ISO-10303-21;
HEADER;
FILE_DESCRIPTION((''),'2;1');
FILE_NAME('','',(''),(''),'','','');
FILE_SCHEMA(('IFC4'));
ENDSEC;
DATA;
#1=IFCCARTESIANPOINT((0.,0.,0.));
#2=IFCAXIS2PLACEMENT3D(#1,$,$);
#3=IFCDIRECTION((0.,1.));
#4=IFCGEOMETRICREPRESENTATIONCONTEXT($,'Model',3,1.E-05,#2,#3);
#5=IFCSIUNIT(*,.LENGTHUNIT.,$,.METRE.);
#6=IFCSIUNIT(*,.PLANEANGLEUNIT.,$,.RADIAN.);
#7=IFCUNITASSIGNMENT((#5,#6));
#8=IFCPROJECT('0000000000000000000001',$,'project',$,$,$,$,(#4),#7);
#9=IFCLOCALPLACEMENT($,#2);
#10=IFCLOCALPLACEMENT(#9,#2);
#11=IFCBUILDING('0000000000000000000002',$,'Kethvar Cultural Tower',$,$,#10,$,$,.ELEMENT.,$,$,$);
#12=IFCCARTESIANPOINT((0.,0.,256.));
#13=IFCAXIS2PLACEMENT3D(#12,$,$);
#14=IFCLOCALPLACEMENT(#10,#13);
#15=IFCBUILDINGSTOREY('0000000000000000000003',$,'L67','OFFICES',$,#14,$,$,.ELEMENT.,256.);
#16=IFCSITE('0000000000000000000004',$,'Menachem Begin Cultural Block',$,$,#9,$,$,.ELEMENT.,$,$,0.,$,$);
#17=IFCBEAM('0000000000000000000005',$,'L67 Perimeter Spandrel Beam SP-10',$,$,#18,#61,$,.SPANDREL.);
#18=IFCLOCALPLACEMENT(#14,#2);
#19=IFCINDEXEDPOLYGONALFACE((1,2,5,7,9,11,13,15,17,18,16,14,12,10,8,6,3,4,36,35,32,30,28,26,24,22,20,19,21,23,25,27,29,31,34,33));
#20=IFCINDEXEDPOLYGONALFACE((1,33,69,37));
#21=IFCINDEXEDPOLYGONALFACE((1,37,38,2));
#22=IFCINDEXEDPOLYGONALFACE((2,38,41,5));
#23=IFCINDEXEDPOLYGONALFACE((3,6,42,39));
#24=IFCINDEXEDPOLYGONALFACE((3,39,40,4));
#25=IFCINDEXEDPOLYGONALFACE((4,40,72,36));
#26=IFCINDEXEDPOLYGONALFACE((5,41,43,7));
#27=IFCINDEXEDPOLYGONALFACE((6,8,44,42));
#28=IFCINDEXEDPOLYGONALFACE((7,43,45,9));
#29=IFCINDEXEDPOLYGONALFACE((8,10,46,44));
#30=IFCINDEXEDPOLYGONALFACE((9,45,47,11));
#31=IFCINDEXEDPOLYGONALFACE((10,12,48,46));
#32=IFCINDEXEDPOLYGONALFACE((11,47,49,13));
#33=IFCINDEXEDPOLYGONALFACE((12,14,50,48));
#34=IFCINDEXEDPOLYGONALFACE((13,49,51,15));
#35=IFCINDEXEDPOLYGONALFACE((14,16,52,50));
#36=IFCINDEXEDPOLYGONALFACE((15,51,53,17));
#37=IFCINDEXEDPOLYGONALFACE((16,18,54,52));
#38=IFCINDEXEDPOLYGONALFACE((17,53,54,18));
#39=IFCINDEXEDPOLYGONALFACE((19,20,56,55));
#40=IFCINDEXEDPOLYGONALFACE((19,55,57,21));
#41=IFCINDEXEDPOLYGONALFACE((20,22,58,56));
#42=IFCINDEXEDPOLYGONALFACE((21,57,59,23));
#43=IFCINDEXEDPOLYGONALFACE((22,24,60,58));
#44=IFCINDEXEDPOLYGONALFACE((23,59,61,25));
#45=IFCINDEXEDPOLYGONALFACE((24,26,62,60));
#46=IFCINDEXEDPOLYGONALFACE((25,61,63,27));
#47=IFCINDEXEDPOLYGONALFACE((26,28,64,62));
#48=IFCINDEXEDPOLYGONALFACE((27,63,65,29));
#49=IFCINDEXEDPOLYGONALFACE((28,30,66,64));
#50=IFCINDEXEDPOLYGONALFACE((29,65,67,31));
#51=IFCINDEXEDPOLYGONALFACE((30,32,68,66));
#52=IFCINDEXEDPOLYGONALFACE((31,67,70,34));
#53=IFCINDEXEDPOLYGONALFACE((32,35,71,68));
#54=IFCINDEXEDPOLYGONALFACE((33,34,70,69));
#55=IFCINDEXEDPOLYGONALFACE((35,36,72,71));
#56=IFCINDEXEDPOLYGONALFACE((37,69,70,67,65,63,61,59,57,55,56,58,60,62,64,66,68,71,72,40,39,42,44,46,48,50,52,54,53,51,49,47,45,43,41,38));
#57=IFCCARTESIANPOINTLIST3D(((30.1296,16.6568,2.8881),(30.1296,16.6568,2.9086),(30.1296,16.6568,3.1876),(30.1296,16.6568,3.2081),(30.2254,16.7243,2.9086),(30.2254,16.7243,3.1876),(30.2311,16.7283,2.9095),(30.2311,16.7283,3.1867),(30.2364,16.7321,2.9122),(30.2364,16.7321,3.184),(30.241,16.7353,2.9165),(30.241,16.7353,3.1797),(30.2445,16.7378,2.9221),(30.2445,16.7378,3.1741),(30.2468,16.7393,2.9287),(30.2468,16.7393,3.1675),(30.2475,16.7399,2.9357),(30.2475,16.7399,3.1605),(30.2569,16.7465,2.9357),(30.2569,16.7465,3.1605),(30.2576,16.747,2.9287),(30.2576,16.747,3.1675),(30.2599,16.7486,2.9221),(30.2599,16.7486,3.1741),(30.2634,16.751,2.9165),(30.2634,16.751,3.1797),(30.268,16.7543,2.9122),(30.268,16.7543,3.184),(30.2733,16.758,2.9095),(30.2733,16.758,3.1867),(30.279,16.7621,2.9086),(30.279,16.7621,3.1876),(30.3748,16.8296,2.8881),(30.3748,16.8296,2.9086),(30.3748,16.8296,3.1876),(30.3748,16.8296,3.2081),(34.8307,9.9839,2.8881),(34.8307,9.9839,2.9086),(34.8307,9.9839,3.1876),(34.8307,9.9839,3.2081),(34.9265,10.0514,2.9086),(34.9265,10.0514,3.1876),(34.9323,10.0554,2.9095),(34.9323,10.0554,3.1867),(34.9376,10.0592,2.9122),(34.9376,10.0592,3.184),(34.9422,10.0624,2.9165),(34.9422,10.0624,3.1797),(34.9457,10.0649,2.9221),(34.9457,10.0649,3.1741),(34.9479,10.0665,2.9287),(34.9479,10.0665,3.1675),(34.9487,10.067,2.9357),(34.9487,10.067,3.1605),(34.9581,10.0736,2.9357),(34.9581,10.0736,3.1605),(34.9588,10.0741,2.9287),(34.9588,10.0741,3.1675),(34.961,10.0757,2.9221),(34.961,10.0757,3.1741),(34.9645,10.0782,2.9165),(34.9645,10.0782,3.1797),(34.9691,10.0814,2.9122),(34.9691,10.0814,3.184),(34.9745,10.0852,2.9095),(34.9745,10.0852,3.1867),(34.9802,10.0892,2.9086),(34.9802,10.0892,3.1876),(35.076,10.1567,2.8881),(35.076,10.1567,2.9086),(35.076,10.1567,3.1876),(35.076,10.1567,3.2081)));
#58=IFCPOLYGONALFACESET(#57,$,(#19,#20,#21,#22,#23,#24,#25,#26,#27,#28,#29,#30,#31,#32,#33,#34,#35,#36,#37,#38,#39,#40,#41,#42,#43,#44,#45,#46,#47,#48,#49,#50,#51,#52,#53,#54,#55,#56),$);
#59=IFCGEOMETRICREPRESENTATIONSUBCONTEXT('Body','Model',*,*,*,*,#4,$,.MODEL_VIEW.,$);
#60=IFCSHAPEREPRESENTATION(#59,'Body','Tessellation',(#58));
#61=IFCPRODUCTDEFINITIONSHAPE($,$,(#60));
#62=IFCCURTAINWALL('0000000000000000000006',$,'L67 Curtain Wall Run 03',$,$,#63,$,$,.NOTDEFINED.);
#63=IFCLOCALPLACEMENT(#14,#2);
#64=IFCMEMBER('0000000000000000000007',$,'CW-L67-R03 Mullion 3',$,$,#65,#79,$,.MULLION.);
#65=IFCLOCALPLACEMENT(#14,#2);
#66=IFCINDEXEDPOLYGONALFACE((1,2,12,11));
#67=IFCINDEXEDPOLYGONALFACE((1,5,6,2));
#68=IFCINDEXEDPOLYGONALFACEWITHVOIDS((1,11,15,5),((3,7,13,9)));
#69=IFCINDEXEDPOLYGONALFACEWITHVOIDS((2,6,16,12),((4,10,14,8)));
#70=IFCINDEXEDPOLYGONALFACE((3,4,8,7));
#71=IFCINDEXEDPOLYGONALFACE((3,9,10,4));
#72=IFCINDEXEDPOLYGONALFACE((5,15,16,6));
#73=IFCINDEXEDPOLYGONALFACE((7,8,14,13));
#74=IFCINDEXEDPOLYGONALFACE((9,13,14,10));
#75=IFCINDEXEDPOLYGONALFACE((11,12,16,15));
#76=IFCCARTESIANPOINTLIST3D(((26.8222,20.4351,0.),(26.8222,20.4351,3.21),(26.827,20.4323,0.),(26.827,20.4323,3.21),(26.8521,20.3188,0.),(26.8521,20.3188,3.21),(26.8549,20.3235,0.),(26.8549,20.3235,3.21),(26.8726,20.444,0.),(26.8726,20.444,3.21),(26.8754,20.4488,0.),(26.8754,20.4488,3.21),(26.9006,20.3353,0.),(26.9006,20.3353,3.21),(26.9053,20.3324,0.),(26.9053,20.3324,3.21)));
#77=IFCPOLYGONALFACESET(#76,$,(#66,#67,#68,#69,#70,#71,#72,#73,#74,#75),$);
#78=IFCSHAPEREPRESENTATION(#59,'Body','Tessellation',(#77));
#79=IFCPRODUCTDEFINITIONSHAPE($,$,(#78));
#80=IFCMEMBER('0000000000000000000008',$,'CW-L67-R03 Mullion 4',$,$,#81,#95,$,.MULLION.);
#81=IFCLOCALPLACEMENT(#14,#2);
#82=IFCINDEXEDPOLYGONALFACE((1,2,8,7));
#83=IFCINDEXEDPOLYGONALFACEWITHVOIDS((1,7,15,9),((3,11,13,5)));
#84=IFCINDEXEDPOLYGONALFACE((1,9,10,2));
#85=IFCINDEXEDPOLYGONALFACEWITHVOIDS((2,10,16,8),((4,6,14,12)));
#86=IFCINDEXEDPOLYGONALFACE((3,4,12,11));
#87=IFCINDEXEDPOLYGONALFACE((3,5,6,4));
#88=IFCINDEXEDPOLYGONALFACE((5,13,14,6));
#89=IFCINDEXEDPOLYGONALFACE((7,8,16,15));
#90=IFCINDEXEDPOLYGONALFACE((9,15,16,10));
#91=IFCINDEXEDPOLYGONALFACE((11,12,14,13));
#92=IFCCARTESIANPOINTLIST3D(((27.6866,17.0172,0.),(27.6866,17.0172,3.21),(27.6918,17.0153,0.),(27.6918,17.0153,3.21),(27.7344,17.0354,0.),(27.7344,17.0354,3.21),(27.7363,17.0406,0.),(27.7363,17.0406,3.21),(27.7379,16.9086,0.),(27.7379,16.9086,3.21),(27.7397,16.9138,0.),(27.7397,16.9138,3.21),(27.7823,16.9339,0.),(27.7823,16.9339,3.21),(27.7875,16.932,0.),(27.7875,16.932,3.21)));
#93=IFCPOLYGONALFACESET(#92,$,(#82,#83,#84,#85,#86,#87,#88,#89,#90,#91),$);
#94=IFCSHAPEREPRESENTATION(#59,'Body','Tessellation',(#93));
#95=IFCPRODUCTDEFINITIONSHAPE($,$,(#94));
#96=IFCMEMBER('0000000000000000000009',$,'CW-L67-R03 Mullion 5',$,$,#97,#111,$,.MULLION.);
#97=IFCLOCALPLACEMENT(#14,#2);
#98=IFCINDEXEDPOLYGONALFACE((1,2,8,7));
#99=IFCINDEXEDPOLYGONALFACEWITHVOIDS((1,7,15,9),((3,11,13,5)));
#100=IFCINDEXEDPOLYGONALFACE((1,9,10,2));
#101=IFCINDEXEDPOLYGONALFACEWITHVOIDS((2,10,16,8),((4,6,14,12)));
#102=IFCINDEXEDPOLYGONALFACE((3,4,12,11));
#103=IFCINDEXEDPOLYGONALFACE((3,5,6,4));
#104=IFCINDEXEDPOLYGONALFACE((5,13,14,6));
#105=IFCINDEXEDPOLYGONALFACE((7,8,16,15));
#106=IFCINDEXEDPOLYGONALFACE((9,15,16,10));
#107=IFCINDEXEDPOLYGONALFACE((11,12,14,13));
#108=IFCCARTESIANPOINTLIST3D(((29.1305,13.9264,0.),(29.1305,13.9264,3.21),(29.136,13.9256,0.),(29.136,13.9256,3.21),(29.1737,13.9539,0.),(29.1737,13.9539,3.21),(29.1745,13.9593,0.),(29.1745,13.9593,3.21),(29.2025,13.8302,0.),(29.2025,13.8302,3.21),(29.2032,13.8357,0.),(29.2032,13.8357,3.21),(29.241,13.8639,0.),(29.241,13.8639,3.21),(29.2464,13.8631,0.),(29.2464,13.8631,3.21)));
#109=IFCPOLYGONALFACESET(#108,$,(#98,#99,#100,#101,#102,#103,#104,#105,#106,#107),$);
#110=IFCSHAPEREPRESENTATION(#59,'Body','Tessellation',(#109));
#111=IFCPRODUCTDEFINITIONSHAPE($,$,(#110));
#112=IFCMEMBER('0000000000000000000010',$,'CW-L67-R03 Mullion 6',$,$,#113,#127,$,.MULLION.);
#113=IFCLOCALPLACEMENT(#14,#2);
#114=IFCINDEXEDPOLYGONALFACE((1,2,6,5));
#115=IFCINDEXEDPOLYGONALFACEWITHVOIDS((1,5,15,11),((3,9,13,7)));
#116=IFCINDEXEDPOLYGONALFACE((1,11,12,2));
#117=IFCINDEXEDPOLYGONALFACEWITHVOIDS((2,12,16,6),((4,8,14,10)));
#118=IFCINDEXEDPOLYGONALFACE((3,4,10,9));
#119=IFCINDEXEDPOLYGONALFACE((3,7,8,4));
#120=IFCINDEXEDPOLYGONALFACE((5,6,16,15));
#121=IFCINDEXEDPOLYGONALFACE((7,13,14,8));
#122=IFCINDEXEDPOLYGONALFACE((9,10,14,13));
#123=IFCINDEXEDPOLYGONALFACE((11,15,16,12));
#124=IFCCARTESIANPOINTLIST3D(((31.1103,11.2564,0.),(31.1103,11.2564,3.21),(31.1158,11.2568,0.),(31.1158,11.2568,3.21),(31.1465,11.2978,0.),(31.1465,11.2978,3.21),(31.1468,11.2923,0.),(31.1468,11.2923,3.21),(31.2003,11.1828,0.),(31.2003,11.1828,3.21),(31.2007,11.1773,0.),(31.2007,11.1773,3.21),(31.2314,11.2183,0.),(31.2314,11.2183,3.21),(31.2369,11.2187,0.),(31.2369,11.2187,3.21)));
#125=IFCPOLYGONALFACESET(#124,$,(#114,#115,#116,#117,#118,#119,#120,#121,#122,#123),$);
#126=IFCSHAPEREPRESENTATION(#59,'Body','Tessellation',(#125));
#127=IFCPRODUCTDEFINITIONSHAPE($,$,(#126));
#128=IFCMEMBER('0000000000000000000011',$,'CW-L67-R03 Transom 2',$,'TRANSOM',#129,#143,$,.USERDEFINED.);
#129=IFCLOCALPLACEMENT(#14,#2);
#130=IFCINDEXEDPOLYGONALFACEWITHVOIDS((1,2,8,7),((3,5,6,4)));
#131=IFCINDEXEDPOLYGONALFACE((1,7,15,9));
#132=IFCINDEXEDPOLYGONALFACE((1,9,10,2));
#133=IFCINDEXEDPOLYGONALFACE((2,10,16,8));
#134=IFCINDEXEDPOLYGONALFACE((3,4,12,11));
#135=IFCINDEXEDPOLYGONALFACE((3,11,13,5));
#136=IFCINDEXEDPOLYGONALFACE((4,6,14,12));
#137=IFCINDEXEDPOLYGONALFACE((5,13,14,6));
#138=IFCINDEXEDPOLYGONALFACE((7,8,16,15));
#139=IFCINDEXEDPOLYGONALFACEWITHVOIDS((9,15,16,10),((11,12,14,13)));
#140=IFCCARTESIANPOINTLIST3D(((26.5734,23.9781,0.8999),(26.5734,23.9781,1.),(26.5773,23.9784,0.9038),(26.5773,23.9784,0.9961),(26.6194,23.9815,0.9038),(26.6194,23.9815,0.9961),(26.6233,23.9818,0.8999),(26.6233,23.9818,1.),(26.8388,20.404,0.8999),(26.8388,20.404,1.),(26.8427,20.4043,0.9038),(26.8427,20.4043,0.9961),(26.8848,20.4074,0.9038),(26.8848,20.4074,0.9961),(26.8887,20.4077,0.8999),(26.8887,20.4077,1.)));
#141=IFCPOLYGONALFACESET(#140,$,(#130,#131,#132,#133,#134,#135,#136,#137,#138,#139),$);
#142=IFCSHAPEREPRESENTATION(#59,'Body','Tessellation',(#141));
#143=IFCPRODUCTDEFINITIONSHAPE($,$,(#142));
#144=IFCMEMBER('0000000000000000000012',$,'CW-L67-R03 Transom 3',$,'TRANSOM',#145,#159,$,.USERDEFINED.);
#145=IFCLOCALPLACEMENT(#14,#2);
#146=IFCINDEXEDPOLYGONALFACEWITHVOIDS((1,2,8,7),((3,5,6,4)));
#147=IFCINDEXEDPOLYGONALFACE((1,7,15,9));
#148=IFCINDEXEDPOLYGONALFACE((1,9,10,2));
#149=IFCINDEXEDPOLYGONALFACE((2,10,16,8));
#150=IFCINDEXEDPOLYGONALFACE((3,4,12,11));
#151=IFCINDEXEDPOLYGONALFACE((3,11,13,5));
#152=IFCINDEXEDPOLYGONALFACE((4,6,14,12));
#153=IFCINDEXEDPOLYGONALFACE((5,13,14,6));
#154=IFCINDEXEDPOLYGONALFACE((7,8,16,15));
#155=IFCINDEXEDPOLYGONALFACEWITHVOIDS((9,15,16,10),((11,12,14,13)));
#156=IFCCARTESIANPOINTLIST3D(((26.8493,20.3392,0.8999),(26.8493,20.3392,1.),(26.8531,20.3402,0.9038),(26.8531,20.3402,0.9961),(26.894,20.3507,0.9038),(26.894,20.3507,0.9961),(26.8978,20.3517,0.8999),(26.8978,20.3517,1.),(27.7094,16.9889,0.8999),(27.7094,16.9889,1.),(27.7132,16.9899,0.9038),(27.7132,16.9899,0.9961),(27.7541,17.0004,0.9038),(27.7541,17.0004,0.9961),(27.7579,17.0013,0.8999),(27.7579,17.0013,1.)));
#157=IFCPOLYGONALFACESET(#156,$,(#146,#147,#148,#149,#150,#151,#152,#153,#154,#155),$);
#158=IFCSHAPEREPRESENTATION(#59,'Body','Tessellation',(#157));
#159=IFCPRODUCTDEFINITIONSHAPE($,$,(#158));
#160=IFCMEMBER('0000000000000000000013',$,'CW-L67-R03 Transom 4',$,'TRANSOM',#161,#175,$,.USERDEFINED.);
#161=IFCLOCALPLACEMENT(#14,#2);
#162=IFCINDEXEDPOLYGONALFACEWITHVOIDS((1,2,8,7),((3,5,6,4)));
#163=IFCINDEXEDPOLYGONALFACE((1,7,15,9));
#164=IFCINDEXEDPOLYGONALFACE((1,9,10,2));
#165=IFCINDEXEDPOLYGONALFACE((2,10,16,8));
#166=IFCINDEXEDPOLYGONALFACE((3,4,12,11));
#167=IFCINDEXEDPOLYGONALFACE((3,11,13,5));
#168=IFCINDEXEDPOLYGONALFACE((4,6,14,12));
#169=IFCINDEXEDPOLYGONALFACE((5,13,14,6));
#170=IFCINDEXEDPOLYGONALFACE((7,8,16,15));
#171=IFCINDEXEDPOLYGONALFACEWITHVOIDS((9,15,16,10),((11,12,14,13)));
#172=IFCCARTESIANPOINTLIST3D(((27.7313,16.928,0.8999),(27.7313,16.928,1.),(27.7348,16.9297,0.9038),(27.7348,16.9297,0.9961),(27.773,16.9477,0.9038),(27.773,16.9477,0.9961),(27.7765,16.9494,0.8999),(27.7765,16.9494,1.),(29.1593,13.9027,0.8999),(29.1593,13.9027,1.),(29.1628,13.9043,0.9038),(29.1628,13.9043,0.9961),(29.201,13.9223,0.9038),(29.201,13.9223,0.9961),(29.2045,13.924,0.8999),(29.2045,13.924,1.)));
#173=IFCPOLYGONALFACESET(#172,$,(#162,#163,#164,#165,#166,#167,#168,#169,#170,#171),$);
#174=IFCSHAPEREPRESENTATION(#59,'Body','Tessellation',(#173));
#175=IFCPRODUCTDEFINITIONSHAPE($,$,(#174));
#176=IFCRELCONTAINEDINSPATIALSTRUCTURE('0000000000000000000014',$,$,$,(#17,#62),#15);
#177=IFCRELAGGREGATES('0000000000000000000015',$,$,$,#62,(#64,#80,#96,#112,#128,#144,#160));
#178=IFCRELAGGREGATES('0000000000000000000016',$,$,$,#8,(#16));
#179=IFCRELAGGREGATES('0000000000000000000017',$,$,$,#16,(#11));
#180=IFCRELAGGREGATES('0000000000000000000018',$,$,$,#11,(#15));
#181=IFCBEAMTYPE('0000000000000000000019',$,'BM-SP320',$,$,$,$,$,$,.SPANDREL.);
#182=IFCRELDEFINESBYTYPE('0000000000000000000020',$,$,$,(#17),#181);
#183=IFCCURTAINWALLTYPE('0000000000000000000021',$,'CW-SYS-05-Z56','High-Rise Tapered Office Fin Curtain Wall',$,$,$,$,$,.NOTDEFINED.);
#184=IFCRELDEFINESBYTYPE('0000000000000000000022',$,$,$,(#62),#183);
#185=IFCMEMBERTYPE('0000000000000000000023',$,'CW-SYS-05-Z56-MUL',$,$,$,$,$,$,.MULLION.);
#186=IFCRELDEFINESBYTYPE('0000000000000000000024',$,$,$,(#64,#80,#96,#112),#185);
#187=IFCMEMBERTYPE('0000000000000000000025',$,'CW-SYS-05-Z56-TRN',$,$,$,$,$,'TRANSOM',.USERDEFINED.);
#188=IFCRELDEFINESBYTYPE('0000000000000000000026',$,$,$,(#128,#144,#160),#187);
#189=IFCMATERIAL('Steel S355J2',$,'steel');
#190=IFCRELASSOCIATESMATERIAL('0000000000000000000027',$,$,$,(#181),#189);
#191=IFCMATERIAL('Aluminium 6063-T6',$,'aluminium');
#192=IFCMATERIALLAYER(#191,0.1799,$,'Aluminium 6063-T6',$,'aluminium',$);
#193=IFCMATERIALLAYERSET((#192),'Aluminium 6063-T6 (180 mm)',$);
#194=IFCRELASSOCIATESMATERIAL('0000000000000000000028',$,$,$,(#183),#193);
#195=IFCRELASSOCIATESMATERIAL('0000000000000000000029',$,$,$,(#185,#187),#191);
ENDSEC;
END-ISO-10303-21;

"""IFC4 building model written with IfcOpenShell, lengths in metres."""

from ifc_helpers import new_model, si_unit, direction, frame, origin, origin_2d, place, context, subcontext, project, spatial, hollow_rectangle, i_section, extrude, source, transform, mapped, material, layer, layer_set, material_profile, profile_set, type_object, element, aggregate, save


model = new_model("IFC4")

# Units and contexts
model_context = context("Model", 3, precision=1e-05, world=origin(), true_north=direction((0.0, 1.0)))
body_context = subcontext(model_context, "Body", "Model", "MODEL_VIEW")
ifc_project = project(units=[si_unit("LENGTHUNIT", "METRE"), si_unit("PLANEANGLEUNIT", "RADIAN")], contexts=[model_context])

# Site, building, storey
site_placement = place(None, origin())
site = spatial("IfcSite", under=ifc_project, at=site_placement, Name="Menachem Begin Cultural Block", CompositionType="ELEMENT", RefElevation=0.0)
building_placement = place(site_placement, origin())
building = spatial("IfcBuilding", under=site, at=building_placement, Name="Kethvar Cultural Tower", CompositionType="ELEMENT")
storey_placement = place(building_placement, frame((0.0, 0.0, 256.0)))
storey = spatial("IfcBuildingStorey", under=building, at=storey_placement, Name="L67", Description="OFFICES", CompositionType="ELEMENT", Elevation=256.0)

# Beam
ifc_material_1 = material(Name="Steel S355J2", Category="steel")
ifc_material_profile_1 = material_profile(ifc_material_1, i_section(OverallWidth=0.3, OverallDepth=0.3201, WebThickness=0.0115, FlangeThickness=0.0205, FilletRadius=0.0271, at=origin_2d()), Name="Steel S355J2 — HEB320")
ifc_profile_set_1 = profile_set([ifc_material_profile_1], Name="Steel S355J2 — HEB320")
beam_type = type_object("IfcBeamType", Name="BM-SP320", PredefinedType="SPANDREL", material=ifc_profile_set_1)
shared_shape_1 = source(origin(), body_context, "Body", "SweptSolid", [
    extrude(i_section(OverallWidth=0.3, OverallDepth=0.3201, WebThickness=0.0115, FlangeThickness=0.0205, FilletRadius=0.0271, at=origin_2d()), origin(), (0.0, 0.0, 1.0), 8.1626),
])
beam_placement = place(storey_placement, frame((30.2522, 16.7432, 3.0481), z_axis=(0.575941, -0.817491, 0.0), x_axis=(0.817491, 0.575941, 0.0)))
element("IfcBeam", 1, at=beam_placement, inside=storey, type_object=beam_type, Name="L67 Perimeter Spandrel Beam SP-10", PredefinedType="SPANDREL", context=body_context, shape_type="MappedRepresentation", body=[
    mapped(shared_shape_1, transform((0.0, 0.0, 0.0), scale=1.0)),
])

# Curtain wall, members
ifc_material_2 = material(Name="Aluminium 6063-T6", Category="aluminium")
ifc_layer_1 = layer(ifc_material_2, 0.1799, Name="Aluminium 6063-T6", Category="aluminium")
ifc_layer_set_1 = layer_set([ifc_layer_1], Name="Aluminium 6063-T6 (180 mm)")
curtain_wall_type = type_object("IfcCurtainWallType", Name="CW-SYS-05-Z56", Description="High-Rise Tapered Office Fin Curtain Wall", PredefinedType="NOTDEFINED", material=ifc_layer_set_1)
curtain_wall_placement = place(storey_placement, origin())
curtain_wall = element("IfcCurtainWall", 2, at=curtain_wall_placement, inside=storey, type_object=curtain_wall_type, Name="L67 Curtain Wall Run 03", PredefinedType="NOTDEFINED")
ifc_material_profile_2 = material_profile(ifc_material_2, hollow_rectangle(XDim=0.0549, YDim=0.1201, WallThickness=0.0039, at=origin_2d()), Name="Aluminium 6063-T6 — RHS120x55x4")
ifc_profile_set_2 = profile_set([ifc_material_profile_2], Name="Aluminium 6063-T6 — RHS120x55x4")
member_type_1 = type_object("IfcMemberType", Name="CW-SYS-05-Z56-MUL", PredefinedType="MULLION", material=ifc_profile_set_2)
shared_shape_2 = source(origin(), body_context, "Body", "SweptSolid", [
    extrude(hollow_rectangle(XDim=0.0549, YDim=0.1201, WallThickness=0.0039, at=origin_2d()), origin(), (0.0, 0.0, 1.0), 3.21),
])
member_1_placement = place(storey_placement, frame((26.8638, 20.3838, 0.0), z_axis=(0.0, 0.0, 1.0), x_axis=(0.968592, 0.248656, 0.0)))
member_1 = element("IfcMember", 3, at=member_1_placement, type_object=member_type_1, Name="CW-L67-R03 Mullion 3", PredefinedType="MULLION", context=body_context, shape_type="MappedRepresentation", body=[
    mapped(shared_shape_2, transform((0.0, 0.0, 0.0), scale=1.0)),
])
member_2_placement = place(storey_placement, frame((27.7371, 16.9746, 0.0), z_axis=(0.0, 0.0, 1.0), x_axis=(0.904329, 0.426837, 0.0)))
member_2 = element("IfcMember", 4, at=member_2_placement, type_object=member_type_1, Name="CW-L67-R03 Mullion 4", PredefinedType="MULLION", context=body_context, shape_type="MappedRepresentation", body=[
    mapped(shared_shape_2, transform((0.0, 0.0, 0.0), scale=1.0)),
])
member_3_placement = place(storey_placement, frame((29.1885, 13.8948, 0.0), z_axis=(0.0, 0.0, 1.0), x_axis=(0.800742, 0.59901, 0.0)))
member_3 = element("IfcMember", 5, at=member_3_placement, type_object=member_type_1, Name="CW-L67-R03 Mullion 5", PredefinedType="MULLION", context=body_context, shape_type="MappedRepresentation", body=[
    mapped(shared_shape_2, transform((0.0, 0.0, 0.0), scale=1.0)),
])
member_4_placement = place(storey_placement, frame((31.1736, 11.2375, 0.0), z_axis=(0.0, 0.0, 1.0), x_axis=(0.658571, 0.752518, 0.0)))
member_4 = element("IfcMember", 6, at=member_4_placement, type_object=member_type_1, Name="CW-L67-R03 Mullion 6", PredefinedType="MULLION", context=body_context, shape_type="MappedRepresentation", body=[
    mapped(shared_shape_2, transform((0.0, 0.0, 0.0), scale=1.0)),
])
ifc_material_profile_3 = material_profile(ifc_material_2, hollow_rectangle(XDim=0.05, YDim=0.1001, WallThickness=0.0039, at=origin_2d()), Name="Aluminium 6063-T6 — RHS100x50x4")
ifc_profile_set_3 = profile_set([ifc_material_profile_3], Name="Aluminium 6063-T6 — RHS100x50x4")
member_type_2 = type_object("IfcMemberType", Name="CW-SYS-05-Z56-TRN", ElementType="TRANSOM", PredefinedType="USERDEFINED", material=ifc_profile_set_3)
shared_shape_3 = source(origin(), body_context, "Body", "SweptSolid", [
    extrude(hollow_rectangle(XDim=0.05, YDim=0.1001, WallThickness=0.0039, at=origin_2d()), origin(), (0.0, 0.0, 1.0), 3.584),
])
member_5_placement = place(storey_placement, frame((26.5984, 23.98, 0.95), z_axis=(0.074045, -0.997255, 0.0), x_axis=(0.997255, 0.074045, 0.0)))
member_5 = element("IfcMember", 7, at=member_5_placement, type_object=member_type_2, Name="CW-L67-R03 Transom 2", ObjectType="TRANSOM", PredefinedType="USERDEFINED", context=body_context, shape_type="MappedRepresentation", body=[
    mapped(shared_shape_3, transform((0.0, 0.0, 0.0), scale=1.0)),
])
shared_shape_4 = source(origin(), body_context, "Body", "SweptSolid", [
    extrude(hollow_rectangle(XDim=0.05, YDim=0.1001, WallThickness=0.0039, at=origin_2d()), origin(), (0.0, 0.0, 1.0), 3.459),
])
member_6_placement = place(storey_placement, frame((26.8735, 20.3455, 0.95), z_axis=(0.248659, -0.968591, 0.0), x_axis=(0.968591, 0.248659, 0.0)))
member_6 = element("IfcMember", 8, at=member_6_placement, type_object=member_type_2, Name="CW-L67-R03 Transom 3", ObjectType="TRANSOM", PredefinedType="USERDEFINED", context=body_context, shape_type="MappedRepresentation", body=[
    mapped(shared_shape_4, transform((0.0, 0.0, 0.0), scale=1.0)),
])
shared_shape_5 = source(origin(), body_context, "Body", "SweptSolid", [
    extrude(hollow_rectangle(XDim=0.05, YDim=0.1001, WallThickness=0.0039, at=origin_2d()), origin(), (0.0, 0.0, 1.0), 3.3455),
])
member_7_placement = place(storey_placement, frame((27.7539, 16.9387, 0.95), z_axis=(0.426841, -0.904327, 0.0), x_axis=(0.904327, 0.426841, 0.0)))
member_7 = element("IfcMember", 9, at=member_7_placement, type_object=member_type_2, Name="CW-L67-R03 Transom 4", ObjectType="TRANSOM", PredefinedType="USERDEFINED", context=body_context, shape_type="MappedRepresentation", body=[
    mapped(shared_shape_5, transform((0.0, 0.0, 0.0), scale=1.0)),
])
aggregate(curtain_wall, [member_1, member_2, member_3, member_4, member_5, member_6, member_7])

save(model, "model.ifc")
